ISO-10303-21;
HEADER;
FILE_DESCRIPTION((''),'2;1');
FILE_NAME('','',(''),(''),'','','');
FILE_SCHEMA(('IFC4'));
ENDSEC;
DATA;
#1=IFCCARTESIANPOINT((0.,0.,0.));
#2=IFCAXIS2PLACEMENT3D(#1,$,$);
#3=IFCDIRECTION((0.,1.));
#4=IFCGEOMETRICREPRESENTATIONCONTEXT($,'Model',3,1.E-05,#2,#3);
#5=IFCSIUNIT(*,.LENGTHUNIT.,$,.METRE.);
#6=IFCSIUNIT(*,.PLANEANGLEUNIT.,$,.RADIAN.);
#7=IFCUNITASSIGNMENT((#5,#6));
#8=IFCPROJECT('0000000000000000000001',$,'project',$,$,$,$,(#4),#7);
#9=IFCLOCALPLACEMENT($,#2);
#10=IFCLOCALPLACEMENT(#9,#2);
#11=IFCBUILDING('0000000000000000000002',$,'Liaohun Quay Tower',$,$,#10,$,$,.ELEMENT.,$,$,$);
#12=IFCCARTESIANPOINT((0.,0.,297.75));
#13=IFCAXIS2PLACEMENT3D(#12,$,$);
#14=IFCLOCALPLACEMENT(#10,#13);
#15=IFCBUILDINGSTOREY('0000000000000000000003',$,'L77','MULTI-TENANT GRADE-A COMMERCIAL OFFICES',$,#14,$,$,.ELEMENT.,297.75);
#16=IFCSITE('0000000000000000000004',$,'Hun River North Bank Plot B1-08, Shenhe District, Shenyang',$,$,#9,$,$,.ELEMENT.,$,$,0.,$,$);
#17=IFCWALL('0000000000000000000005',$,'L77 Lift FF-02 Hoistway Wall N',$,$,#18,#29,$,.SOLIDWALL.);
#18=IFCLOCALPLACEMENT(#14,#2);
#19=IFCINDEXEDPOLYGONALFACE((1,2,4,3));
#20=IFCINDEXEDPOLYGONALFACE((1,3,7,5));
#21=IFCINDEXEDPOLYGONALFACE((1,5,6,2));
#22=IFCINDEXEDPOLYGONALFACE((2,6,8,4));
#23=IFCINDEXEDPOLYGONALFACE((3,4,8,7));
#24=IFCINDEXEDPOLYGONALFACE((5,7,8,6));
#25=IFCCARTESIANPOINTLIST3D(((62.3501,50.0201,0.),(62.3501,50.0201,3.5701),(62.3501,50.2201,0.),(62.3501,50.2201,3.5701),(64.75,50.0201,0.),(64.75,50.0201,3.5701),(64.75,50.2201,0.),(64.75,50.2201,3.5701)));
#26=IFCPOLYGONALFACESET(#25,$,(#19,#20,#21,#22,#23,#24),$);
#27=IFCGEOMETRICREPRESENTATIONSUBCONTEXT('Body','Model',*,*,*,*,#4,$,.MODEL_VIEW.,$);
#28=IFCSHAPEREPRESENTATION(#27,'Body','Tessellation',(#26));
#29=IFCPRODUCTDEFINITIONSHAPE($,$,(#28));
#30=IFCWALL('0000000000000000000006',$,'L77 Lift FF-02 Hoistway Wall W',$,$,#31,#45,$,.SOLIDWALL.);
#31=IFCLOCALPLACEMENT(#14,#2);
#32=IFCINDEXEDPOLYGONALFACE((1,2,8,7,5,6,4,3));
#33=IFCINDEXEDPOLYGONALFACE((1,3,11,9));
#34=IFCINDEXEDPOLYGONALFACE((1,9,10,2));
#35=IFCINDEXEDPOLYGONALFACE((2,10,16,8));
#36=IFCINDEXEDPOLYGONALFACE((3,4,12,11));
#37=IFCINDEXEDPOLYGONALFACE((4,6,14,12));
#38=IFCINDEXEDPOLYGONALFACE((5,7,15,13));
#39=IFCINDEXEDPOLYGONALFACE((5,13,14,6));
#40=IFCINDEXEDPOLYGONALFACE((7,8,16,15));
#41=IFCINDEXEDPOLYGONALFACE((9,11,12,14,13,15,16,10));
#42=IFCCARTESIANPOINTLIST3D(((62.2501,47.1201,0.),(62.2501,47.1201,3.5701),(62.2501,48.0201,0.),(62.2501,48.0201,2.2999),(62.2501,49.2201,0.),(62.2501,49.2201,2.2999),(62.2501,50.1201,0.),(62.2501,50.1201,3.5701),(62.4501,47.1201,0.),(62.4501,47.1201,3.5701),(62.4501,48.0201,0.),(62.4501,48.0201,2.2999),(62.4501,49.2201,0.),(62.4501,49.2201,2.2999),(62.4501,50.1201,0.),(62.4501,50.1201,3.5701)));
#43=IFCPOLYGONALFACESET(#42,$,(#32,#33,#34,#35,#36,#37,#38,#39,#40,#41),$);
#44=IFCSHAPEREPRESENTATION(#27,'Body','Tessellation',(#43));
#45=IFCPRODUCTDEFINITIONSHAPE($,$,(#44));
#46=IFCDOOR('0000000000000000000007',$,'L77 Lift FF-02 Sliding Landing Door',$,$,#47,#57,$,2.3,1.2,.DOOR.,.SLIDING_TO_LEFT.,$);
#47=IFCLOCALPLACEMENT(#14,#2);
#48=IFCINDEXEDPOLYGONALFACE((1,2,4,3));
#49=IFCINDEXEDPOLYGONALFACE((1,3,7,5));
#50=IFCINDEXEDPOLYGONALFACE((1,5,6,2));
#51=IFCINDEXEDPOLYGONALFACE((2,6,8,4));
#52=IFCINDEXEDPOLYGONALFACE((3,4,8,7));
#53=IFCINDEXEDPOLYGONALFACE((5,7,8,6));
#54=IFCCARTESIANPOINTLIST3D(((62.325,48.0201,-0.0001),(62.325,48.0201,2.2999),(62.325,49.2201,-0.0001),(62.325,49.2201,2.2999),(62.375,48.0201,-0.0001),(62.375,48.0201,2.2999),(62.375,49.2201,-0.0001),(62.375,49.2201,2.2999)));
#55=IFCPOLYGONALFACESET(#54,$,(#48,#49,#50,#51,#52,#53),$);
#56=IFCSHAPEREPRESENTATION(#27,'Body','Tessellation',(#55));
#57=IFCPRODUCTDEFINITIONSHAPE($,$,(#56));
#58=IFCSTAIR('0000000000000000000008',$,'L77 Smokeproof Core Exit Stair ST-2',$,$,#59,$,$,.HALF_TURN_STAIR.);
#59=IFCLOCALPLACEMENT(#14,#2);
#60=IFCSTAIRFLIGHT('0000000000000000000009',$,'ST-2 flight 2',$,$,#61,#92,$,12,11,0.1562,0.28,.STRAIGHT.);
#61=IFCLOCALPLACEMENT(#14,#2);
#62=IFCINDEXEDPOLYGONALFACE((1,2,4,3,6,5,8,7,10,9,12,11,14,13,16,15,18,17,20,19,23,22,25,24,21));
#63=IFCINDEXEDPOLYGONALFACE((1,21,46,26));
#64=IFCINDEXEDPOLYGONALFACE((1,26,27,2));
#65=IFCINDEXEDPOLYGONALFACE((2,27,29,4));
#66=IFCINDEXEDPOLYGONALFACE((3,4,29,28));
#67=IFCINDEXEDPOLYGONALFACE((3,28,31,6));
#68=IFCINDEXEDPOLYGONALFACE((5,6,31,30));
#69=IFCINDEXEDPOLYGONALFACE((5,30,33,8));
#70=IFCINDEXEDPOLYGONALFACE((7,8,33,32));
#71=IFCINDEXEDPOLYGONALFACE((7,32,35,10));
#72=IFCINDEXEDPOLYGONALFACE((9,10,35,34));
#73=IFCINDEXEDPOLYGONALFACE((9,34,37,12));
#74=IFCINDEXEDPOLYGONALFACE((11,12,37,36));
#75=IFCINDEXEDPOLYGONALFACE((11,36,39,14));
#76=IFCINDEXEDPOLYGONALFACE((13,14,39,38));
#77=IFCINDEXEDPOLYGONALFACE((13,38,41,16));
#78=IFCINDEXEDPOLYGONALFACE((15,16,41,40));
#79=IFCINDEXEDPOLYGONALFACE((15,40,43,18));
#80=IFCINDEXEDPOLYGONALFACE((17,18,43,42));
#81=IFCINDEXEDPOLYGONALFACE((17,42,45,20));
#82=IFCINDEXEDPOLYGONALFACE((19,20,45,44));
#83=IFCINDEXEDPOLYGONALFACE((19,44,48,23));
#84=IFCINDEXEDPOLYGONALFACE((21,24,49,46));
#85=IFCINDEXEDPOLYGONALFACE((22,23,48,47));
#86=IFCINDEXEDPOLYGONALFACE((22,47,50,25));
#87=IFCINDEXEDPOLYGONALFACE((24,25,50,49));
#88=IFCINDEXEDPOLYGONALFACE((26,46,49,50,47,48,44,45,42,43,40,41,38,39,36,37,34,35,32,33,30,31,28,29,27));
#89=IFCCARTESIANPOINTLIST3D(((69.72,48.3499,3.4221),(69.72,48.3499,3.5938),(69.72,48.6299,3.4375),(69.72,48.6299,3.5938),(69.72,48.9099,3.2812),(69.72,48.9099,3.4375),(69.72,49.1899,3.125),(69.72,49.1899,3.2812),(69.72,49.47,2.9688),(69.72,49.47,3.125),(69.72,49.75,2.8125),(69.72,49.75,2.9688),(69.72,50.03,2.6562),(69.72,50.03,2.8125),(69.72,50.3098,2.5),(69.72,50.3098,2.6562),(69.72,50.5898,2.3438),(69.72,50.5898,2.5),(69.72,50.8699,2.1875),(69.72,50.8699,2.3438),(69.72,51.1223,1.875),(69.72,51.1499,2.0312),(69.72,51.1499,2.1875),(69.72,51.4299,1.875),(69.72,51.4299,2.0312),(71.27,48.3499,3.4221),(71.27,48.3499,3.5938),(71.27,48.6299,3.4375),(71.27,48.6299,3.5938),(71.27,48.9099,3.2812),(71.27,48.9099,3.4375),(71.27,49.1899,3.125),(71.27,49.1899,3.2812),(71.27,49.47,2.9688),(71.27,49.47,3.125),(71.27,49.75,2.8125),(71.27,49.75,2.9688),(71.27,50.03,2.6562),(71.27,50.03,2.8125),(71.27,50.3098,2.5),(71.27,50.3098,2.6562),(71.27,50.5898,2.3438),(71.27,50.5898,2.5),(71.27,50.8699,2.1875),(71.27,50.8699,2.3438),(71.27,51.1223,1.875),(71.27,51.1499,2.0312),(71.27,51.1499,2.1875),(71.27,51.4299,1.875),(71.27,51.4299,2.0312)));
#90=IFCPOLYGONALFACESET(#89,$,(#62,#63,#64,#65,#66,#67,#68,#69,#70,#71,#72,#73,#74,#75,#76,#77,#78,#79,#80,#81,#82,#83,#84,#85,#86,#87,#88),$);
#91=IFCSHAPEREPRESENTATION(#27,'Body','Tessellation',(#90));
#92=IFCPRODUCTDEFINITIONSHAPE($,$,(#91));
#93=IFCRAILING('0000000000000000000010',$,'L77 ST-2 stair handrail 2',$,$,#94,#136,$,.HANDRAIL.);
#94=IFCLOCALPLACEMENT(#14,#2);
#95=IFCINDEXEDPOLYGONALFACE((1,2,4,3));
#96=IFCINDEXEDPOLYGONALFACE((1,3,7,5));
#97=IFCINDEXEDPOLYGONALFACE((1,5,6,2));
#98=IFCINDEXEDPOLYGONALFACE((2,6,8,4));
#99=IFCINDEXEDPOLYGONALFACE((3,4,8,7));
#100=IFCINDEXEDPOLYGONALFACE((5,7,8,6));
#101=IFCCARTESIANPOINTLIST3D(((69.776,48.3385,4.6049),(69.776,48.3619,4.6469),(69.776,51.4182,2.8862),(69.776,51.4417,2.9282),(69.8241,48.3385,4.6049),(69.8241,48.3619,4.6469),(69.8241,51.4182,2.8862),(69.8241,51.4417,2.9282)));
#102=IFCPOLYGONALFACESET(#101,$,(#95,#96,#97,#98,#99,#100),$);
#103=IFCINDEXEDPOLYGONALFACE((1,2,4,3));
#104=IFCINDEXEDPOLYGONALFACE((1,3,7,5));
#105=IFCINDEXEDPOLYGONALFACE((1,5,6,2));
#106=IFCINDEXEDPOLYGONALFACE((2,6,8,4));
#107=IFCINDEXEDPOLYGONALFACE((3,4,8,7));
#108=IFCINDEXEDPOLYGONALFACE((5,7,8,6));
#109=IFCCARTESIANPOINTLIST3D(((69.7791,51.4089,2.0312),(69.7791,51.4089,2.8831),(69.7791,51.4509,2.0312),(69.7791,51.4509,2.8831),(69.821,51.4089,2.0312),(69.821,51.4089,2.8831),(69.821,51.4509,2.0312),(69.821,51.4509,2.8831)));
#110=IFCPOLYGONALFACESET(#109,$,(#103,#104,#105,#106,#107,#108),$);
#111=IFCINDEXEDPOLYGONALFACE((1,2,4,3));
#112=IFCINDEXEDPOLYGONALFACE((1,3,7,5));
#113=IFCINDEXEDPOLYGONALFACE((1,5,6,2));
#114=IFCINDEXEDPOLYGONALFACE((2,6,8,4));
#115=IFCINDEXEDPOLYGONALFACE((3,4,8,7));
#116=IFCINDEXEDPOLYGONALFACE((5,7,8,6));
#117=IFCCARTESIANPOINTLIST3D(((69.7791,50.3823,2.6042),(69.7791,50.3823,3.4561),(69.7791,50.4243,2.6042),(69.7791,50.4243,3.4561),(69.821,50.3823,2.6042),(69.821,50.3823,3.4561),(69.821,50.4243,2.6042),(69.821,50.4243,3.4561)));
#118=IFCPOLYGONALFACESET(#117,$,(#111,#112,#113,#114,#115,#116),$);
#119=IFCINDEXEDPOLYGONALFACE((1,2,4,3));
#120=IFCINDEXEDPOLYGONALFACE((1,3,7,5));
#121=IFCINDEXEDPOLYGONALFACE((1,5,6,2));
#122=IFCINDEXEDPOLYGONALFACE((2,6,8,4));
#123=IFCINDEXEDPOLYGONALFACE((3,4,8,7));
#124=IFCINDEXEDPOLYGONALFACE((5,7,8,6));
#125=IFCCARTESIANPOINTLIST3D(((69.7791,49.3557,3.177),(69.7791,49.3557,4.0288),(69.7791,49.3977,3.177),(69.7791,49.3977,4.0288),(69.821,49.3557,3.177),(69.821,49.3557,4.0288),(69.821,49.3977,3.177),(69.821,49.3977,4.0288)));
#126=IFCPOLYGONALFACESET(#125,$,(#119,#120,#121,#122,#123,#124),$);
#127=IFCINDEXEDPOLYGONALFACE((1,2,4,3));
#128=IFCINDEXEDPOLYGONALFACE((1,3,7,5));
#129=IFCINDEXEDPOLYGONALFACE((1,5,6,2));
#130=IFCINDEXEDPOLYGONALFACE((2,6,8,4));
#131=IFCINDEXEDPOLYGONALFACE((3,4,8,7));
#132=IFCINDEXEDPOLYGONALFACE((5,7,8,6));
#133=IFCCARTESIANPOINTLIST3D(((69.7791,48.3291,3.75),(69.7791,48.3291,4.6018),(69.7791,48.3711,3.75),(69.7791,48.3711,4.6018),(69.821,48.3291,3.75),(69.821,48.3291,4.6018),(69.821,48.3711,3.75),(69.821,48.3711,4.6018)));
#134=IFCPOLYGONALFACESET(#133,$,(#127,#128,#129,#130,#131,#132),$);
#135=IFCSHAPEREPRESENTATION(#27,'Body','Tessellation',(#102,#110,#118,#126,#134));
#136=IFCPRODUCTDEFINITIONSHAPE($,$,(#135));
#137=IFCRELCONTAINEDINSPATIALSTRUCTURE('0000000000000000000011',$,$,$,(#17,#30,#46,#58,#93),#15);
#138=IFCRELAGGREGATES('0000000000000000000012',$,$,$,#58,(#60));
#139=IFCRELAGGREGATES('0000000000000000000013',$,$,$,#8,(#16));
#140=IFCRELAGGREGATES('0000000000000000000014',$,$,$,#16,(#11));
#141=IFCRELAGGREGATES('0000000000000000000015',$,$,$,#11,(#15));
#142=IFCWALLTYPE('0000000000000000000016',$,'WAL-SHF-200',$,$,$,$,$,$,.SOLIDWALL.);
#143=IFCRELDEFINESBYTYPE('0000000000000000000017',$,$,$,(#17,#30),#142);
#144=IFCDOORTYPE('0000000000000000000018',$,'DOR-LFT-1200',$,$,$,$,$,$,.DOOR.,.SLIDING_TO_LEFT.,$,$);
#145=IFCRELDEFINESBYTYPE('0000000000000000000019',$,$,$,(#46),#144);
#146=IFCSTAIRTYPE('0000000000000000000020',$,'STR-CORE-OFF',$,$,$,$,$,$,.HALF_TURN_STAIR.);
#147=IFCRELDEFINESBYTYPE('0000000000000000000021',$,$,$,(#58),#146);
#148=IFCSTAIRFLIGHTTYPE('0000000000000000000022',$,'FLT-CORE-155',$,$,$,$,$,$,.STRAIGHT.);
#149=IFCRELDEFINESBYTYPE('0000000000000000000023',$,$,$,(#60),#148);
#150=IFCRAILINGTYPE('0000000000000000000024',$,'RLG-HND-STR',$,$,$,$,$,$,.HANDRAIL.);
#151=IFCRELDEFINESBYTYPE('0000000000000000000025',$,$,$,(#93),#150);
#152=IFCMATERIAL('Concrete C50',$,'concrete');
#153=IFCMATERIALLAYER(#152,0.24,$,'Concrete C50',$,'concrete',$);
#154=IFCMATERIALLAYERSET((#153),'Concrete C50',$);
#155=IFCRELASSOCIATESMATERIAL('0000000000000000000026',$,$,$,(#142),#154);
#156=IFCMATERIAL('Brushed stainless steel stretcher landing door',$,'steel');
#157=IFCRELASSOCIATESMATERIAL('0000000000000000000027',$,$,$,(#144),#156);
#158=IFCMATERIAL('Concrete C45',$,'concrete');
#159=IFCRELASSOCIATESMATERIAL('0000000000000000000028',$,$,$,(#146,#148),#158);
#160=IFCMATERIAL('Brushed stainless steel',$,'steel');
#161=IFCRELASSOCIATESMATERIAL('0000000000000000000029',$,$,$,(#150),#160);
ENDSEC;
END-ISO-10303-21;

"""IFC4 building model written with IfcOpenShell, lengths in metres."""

from ifc_helpers import new_model, si_unit, direction, frame, frame_2d, origin, origin_2d, place, context, subcontext, project, spatial, polyline, rectangle, outline, extrude, source, transform, mapped, material, layer, layer_set, type_object, element, fill, aggregate, save


model = new_model("IFC4")

# Units and contexts
model_context = context("Model", 3, precision=1e-05, world=origin(), true_north=direction((0.0, 1.0)))
body_context = subcontext(model_context, "Body", "Model", "MODEL_VIEW")
ifc_project = project(units=[si_unit("LENGTHUNIT", "METRE"), si_unit("PLANEANGLEUNIT", "RADIAN")], contexts=[model_context])

# Site, building, storey
site_placement = place(None, origin())
site = spatial("IfcSite", under=ifc_project, at=site_placement, Name="Hun River North Bank Plot B1-08, Shenhe District, Shenyang", CompositionType="ELEMENT", RefElevation=0.0)
building_placement = place(site_placement, origin())
building = spatial("IfcBuilding", under=site, at=building_placement, Name="Liaohun Quay Tower", CompositionType="ELEMENT")
storey_placement = place(building_placement, frame((0.0, 0.0, 297.75)))
storey = spatial("IfcBuildingStorey", under=building, at=storey_placement, Name="L77", Description="MULTI-TENANT GRADE-A COMMERCIAL OFFICES", CompositionType="ELEMENT", Elevation=297.75)

# Wall
ifc_material_1 = material(Name="Concrete C50", Category="concrete")
ifc_layer_1 = layer(ifc_material_1, 0.24, Name="Concrete C50", Category="concrete")
ifc_layer_set_1 = layer_set([ifc_layer_1], Name="Concrete C50")
wall_type_1 = type_object("IfcWallType", Name="WAL-SHF-200", PredefinedType="SOLIDWALL", material=ifc_layer_set_1)
wall_1_placement = place(storey_placement, frame((64.75, 50.1201, 0.0), z_axis=(0.0, 0.0, 1.0), x_axis=(-1.0, 0.0, 0.0)))
element("IfcWall", 1, at=wall_1_placement, inside=storey, type_object=wall_type_1, Name="L77 Lift FF-02 Hoistway Wall N", PredefinedType="SOLIDWALL", context=body_context, shape_type="SweptSolid", body=[
    extrude(rectangle(XDim=2.3999, YDim=0.2, at=frame_2d((1.2, 0.0))), origin(), (0.0, 0.0, 1.0), 3.5701),
])

# Wall, opening, door
wall_2_placement = place(storey_placement, frame((62.3501, 50.1201, 0.0), z_axis=(0.0, 0.0, 1.0), x_axis=(0.0, -1.0, 0.0)))
wall_2 = element("IfcWall", 2, at=wall_2_placement, inside=storey, type_object=wall_type_1, Name="L77 Lift FF-02 Hoistway Wall W", PredefinedType="SOLIDWALL", context=body_context, shape_type="SweptSolid", body=[
    extrude(rectangle(XDim=3.0, YDim=0.2, at=frame_2d((1.5, 0.0))), origin(), (0.0, 0.0, 1.0), 3.5701),
])
shared_shape_1 = source(origin(), body_context, "Body", "SweptSolid", [
    extrude(rectangle(XDim=1.2, YDim=2.3, at=frame_2d((0.6001, 1.1499))), frame((0.0, 0.1099, 0.0), z_axis=(0.0, -1.0, 0.0), x_axis=(1.0, 0.0, 0.0)), (0.0, 0.0, 1.0), 0.22),
])
opening_1_placement = place(wall_2_placement, frame((0.8999, 0.0, 0.0)))
opening_1 = element("IfcOpeningElement", 3, at=opening_1_placement, cuts=wall_2, PredefinedType="OPENING", context=body_context, shape_type="MappedRepresentation", body=[
    mapped(shared_shape_1, transform((0.0, 0.0, 0.0), x_axis=(1.0, 0.0, 0.0), y_axis=(0.0, 1.0, 0.0), z_axis=(0.0, 0.0, 1.0), scale=1.0)),
])
ifc_material_2 = material(Name="Brushed stainless steel stretcher landing door", Category="steel")
door_type_1 = type_object("IfcDoorType", Name="DOR-LFT-1200", OperationType="SLIDING_TO_LEFT", PredefinedType="DOOR", material=ifc_material_2)
shared_shape_2 = source(origin(), body_context, "Body", "SweptSolid", [
    extrude(rectangle(XDim=1.2, YDim=2.3, at=frame_2d((0.6001, 1.1499))), frame((0.0, 0.0249, 0.0), z_axis=(0.0, -1.0, 0.0), x_axis=(1.0, 0.0, 0.0)), (0.0, 0.0, 1.0), 0.05),
])
door_1_placement = place(opening_1_placement, origin())
door_1 = element("IfcDoor", 4, at=door_1_placement, inside=storey, type_object=door_type_1, Name="L77 Lift FF-02 Sliding Landing Door", OperationType="SLIDING_TO_LEFT", OverallHeight=2.3, OverallWidth=1.2, PredefinedType="DOOR", context=body_context, shape_type="MappedRepresentation", body=[
    mapped(shared_shape_2, transform((0.0, 0.0, 0.0), x_axis=(1.0, 0.0, 0.0), y_axis=(0.0, 1.0, 0.0), z_axis=(0.0, 0.0, 1.0), scale=1.0)),
])
fill(opening_1, door_1)

# Stair, stair flight
ifc_material_3 = material(Name="Concrete C45", Category="concrete")
stair_type = type_object("IfcStairType", Name="STR-CORE-OFF", PredefinedType="HALF_TURN_STAIR", material=ifc_material_3)
stair_placement = place(storey_placement, origin())
stair = element("IfcStair", 5, at=stair_placement, inside=storey, type_object=stair_type, Name="L77 Smokeproof Core Exit Stair ST-2", PredefinedType="HALF_TURN_STAIR")
stair_flight_type = type_object("IfcStairFlightType", Name="FLT-CORE-155", PredefinedType="STRAIGHT", material=ifc_material_3)
stair_flight_placement = place(storey_placement, frame((70.4951, 51.4299, 1.875), z_axis=(0.0, 0.0, 1.0), x_axis=(0.0, -1.0, 0.0)))
stair_flight = element("IfcStairFlight", 6, at=stair_flight_placement, type_object=stair_flight_type, Name="ST-2 flight 2", NumberOfRisers=12, NumberOfTreads=11, PredefinedType="STRAIGHT", RiserHeight=0.1562, TreadLength=0.28, context=body_context, shape_type="SweptSolid", body=[
    extrude(outline(polyline([(0.0, 0.0), (0.0, 0.1562), (0.28, 0.1562), (0.28, 0.3125), (0.5601, 0.3125), (0.5601, 0.4688), (0.8401, 0.4688), (0.8401, 0.625), (1.1201, 0.625), (1.1201, 0.7812), (1.3999, 0.7812), (1.3999, 0.9375), (1.6799, 0.9375), (1.6799, 1.0938), (1.96, 1.0938), (1.96, 1.25), (2.24, 1.25), (2.24, 1.4062), (2.52, 1.4062), (2.52, 1.5625), (2.8, 1.5625), (2.8, 1.7188), (3.0801, 1.7188), (3.0801, 1.875), (3.0801, 1.5471), (0.3076, 0.0), (0.0, 0.0)])), frame((0.0, 0.7749, 0.0), z_axis=(0.0, -1.0, 0.0), x_axis=(1.0, 0.0, 0.0)), (0.0, 0.0, 1.0), 1.55),
])
aggregate(stair, [stair_flight])

# Railing
ifc_material_4 = material(Name="Brushed stainless steel", Category="steel")
railing_type = type_object("IfcRailingType", Name="RLG-HND-STR", PredefinedType="HANDRAIL", material=ifc_material_4)
railing_placement = place(storey_placement, frame((69.8, 51.4299, 2.0312)))
element("IfcRailing", 7, at=railing_placement, inside=storey, type_object=railing_type, Name="L77 ST-2 stair handrail 2", PredefinedType="HANDRAIL", context=body_context, shape_type="SweptSolid", body=[
    extrude(rectangle(XDim=0.0481, YDim=0.0481, at=origin_2d()), frame((0.0, 0.0, 0.876), z_axis=(0.0, -0.873225, 0.487317), x_axis=(1.0, 0.0, 0.0)), (0.0, 0.0, 1.0), 3.5269),
    extrude(rectangle(XDim=0.042, YDim=0.042, at=origin_2d()), origin(), (0.0, 0.0, 1.0), 0.8518),
    extrude(rectangle(XDim=0.042, YDim=0.042, at=origin_2d()), frame((0.0, -1.0266, 0.573)), (0.0, 0.0, 1.0), 0.8518),
    extrude(rectangle(XDim=0.042, YDim=0.042, at=origin_2d()), frame((0.0, -2.0532, 1.1458)), (0.0, 0.0, 1.0), 0.8518),
    extrude(rectangle(XDim=0.042, YDim=0.042, at=origin_2d()), frame((0.0, -3.0798, 1.7188)), (0.0, 0.0, 1.0), 0.8518),
])

save(model, "model.ifc")
